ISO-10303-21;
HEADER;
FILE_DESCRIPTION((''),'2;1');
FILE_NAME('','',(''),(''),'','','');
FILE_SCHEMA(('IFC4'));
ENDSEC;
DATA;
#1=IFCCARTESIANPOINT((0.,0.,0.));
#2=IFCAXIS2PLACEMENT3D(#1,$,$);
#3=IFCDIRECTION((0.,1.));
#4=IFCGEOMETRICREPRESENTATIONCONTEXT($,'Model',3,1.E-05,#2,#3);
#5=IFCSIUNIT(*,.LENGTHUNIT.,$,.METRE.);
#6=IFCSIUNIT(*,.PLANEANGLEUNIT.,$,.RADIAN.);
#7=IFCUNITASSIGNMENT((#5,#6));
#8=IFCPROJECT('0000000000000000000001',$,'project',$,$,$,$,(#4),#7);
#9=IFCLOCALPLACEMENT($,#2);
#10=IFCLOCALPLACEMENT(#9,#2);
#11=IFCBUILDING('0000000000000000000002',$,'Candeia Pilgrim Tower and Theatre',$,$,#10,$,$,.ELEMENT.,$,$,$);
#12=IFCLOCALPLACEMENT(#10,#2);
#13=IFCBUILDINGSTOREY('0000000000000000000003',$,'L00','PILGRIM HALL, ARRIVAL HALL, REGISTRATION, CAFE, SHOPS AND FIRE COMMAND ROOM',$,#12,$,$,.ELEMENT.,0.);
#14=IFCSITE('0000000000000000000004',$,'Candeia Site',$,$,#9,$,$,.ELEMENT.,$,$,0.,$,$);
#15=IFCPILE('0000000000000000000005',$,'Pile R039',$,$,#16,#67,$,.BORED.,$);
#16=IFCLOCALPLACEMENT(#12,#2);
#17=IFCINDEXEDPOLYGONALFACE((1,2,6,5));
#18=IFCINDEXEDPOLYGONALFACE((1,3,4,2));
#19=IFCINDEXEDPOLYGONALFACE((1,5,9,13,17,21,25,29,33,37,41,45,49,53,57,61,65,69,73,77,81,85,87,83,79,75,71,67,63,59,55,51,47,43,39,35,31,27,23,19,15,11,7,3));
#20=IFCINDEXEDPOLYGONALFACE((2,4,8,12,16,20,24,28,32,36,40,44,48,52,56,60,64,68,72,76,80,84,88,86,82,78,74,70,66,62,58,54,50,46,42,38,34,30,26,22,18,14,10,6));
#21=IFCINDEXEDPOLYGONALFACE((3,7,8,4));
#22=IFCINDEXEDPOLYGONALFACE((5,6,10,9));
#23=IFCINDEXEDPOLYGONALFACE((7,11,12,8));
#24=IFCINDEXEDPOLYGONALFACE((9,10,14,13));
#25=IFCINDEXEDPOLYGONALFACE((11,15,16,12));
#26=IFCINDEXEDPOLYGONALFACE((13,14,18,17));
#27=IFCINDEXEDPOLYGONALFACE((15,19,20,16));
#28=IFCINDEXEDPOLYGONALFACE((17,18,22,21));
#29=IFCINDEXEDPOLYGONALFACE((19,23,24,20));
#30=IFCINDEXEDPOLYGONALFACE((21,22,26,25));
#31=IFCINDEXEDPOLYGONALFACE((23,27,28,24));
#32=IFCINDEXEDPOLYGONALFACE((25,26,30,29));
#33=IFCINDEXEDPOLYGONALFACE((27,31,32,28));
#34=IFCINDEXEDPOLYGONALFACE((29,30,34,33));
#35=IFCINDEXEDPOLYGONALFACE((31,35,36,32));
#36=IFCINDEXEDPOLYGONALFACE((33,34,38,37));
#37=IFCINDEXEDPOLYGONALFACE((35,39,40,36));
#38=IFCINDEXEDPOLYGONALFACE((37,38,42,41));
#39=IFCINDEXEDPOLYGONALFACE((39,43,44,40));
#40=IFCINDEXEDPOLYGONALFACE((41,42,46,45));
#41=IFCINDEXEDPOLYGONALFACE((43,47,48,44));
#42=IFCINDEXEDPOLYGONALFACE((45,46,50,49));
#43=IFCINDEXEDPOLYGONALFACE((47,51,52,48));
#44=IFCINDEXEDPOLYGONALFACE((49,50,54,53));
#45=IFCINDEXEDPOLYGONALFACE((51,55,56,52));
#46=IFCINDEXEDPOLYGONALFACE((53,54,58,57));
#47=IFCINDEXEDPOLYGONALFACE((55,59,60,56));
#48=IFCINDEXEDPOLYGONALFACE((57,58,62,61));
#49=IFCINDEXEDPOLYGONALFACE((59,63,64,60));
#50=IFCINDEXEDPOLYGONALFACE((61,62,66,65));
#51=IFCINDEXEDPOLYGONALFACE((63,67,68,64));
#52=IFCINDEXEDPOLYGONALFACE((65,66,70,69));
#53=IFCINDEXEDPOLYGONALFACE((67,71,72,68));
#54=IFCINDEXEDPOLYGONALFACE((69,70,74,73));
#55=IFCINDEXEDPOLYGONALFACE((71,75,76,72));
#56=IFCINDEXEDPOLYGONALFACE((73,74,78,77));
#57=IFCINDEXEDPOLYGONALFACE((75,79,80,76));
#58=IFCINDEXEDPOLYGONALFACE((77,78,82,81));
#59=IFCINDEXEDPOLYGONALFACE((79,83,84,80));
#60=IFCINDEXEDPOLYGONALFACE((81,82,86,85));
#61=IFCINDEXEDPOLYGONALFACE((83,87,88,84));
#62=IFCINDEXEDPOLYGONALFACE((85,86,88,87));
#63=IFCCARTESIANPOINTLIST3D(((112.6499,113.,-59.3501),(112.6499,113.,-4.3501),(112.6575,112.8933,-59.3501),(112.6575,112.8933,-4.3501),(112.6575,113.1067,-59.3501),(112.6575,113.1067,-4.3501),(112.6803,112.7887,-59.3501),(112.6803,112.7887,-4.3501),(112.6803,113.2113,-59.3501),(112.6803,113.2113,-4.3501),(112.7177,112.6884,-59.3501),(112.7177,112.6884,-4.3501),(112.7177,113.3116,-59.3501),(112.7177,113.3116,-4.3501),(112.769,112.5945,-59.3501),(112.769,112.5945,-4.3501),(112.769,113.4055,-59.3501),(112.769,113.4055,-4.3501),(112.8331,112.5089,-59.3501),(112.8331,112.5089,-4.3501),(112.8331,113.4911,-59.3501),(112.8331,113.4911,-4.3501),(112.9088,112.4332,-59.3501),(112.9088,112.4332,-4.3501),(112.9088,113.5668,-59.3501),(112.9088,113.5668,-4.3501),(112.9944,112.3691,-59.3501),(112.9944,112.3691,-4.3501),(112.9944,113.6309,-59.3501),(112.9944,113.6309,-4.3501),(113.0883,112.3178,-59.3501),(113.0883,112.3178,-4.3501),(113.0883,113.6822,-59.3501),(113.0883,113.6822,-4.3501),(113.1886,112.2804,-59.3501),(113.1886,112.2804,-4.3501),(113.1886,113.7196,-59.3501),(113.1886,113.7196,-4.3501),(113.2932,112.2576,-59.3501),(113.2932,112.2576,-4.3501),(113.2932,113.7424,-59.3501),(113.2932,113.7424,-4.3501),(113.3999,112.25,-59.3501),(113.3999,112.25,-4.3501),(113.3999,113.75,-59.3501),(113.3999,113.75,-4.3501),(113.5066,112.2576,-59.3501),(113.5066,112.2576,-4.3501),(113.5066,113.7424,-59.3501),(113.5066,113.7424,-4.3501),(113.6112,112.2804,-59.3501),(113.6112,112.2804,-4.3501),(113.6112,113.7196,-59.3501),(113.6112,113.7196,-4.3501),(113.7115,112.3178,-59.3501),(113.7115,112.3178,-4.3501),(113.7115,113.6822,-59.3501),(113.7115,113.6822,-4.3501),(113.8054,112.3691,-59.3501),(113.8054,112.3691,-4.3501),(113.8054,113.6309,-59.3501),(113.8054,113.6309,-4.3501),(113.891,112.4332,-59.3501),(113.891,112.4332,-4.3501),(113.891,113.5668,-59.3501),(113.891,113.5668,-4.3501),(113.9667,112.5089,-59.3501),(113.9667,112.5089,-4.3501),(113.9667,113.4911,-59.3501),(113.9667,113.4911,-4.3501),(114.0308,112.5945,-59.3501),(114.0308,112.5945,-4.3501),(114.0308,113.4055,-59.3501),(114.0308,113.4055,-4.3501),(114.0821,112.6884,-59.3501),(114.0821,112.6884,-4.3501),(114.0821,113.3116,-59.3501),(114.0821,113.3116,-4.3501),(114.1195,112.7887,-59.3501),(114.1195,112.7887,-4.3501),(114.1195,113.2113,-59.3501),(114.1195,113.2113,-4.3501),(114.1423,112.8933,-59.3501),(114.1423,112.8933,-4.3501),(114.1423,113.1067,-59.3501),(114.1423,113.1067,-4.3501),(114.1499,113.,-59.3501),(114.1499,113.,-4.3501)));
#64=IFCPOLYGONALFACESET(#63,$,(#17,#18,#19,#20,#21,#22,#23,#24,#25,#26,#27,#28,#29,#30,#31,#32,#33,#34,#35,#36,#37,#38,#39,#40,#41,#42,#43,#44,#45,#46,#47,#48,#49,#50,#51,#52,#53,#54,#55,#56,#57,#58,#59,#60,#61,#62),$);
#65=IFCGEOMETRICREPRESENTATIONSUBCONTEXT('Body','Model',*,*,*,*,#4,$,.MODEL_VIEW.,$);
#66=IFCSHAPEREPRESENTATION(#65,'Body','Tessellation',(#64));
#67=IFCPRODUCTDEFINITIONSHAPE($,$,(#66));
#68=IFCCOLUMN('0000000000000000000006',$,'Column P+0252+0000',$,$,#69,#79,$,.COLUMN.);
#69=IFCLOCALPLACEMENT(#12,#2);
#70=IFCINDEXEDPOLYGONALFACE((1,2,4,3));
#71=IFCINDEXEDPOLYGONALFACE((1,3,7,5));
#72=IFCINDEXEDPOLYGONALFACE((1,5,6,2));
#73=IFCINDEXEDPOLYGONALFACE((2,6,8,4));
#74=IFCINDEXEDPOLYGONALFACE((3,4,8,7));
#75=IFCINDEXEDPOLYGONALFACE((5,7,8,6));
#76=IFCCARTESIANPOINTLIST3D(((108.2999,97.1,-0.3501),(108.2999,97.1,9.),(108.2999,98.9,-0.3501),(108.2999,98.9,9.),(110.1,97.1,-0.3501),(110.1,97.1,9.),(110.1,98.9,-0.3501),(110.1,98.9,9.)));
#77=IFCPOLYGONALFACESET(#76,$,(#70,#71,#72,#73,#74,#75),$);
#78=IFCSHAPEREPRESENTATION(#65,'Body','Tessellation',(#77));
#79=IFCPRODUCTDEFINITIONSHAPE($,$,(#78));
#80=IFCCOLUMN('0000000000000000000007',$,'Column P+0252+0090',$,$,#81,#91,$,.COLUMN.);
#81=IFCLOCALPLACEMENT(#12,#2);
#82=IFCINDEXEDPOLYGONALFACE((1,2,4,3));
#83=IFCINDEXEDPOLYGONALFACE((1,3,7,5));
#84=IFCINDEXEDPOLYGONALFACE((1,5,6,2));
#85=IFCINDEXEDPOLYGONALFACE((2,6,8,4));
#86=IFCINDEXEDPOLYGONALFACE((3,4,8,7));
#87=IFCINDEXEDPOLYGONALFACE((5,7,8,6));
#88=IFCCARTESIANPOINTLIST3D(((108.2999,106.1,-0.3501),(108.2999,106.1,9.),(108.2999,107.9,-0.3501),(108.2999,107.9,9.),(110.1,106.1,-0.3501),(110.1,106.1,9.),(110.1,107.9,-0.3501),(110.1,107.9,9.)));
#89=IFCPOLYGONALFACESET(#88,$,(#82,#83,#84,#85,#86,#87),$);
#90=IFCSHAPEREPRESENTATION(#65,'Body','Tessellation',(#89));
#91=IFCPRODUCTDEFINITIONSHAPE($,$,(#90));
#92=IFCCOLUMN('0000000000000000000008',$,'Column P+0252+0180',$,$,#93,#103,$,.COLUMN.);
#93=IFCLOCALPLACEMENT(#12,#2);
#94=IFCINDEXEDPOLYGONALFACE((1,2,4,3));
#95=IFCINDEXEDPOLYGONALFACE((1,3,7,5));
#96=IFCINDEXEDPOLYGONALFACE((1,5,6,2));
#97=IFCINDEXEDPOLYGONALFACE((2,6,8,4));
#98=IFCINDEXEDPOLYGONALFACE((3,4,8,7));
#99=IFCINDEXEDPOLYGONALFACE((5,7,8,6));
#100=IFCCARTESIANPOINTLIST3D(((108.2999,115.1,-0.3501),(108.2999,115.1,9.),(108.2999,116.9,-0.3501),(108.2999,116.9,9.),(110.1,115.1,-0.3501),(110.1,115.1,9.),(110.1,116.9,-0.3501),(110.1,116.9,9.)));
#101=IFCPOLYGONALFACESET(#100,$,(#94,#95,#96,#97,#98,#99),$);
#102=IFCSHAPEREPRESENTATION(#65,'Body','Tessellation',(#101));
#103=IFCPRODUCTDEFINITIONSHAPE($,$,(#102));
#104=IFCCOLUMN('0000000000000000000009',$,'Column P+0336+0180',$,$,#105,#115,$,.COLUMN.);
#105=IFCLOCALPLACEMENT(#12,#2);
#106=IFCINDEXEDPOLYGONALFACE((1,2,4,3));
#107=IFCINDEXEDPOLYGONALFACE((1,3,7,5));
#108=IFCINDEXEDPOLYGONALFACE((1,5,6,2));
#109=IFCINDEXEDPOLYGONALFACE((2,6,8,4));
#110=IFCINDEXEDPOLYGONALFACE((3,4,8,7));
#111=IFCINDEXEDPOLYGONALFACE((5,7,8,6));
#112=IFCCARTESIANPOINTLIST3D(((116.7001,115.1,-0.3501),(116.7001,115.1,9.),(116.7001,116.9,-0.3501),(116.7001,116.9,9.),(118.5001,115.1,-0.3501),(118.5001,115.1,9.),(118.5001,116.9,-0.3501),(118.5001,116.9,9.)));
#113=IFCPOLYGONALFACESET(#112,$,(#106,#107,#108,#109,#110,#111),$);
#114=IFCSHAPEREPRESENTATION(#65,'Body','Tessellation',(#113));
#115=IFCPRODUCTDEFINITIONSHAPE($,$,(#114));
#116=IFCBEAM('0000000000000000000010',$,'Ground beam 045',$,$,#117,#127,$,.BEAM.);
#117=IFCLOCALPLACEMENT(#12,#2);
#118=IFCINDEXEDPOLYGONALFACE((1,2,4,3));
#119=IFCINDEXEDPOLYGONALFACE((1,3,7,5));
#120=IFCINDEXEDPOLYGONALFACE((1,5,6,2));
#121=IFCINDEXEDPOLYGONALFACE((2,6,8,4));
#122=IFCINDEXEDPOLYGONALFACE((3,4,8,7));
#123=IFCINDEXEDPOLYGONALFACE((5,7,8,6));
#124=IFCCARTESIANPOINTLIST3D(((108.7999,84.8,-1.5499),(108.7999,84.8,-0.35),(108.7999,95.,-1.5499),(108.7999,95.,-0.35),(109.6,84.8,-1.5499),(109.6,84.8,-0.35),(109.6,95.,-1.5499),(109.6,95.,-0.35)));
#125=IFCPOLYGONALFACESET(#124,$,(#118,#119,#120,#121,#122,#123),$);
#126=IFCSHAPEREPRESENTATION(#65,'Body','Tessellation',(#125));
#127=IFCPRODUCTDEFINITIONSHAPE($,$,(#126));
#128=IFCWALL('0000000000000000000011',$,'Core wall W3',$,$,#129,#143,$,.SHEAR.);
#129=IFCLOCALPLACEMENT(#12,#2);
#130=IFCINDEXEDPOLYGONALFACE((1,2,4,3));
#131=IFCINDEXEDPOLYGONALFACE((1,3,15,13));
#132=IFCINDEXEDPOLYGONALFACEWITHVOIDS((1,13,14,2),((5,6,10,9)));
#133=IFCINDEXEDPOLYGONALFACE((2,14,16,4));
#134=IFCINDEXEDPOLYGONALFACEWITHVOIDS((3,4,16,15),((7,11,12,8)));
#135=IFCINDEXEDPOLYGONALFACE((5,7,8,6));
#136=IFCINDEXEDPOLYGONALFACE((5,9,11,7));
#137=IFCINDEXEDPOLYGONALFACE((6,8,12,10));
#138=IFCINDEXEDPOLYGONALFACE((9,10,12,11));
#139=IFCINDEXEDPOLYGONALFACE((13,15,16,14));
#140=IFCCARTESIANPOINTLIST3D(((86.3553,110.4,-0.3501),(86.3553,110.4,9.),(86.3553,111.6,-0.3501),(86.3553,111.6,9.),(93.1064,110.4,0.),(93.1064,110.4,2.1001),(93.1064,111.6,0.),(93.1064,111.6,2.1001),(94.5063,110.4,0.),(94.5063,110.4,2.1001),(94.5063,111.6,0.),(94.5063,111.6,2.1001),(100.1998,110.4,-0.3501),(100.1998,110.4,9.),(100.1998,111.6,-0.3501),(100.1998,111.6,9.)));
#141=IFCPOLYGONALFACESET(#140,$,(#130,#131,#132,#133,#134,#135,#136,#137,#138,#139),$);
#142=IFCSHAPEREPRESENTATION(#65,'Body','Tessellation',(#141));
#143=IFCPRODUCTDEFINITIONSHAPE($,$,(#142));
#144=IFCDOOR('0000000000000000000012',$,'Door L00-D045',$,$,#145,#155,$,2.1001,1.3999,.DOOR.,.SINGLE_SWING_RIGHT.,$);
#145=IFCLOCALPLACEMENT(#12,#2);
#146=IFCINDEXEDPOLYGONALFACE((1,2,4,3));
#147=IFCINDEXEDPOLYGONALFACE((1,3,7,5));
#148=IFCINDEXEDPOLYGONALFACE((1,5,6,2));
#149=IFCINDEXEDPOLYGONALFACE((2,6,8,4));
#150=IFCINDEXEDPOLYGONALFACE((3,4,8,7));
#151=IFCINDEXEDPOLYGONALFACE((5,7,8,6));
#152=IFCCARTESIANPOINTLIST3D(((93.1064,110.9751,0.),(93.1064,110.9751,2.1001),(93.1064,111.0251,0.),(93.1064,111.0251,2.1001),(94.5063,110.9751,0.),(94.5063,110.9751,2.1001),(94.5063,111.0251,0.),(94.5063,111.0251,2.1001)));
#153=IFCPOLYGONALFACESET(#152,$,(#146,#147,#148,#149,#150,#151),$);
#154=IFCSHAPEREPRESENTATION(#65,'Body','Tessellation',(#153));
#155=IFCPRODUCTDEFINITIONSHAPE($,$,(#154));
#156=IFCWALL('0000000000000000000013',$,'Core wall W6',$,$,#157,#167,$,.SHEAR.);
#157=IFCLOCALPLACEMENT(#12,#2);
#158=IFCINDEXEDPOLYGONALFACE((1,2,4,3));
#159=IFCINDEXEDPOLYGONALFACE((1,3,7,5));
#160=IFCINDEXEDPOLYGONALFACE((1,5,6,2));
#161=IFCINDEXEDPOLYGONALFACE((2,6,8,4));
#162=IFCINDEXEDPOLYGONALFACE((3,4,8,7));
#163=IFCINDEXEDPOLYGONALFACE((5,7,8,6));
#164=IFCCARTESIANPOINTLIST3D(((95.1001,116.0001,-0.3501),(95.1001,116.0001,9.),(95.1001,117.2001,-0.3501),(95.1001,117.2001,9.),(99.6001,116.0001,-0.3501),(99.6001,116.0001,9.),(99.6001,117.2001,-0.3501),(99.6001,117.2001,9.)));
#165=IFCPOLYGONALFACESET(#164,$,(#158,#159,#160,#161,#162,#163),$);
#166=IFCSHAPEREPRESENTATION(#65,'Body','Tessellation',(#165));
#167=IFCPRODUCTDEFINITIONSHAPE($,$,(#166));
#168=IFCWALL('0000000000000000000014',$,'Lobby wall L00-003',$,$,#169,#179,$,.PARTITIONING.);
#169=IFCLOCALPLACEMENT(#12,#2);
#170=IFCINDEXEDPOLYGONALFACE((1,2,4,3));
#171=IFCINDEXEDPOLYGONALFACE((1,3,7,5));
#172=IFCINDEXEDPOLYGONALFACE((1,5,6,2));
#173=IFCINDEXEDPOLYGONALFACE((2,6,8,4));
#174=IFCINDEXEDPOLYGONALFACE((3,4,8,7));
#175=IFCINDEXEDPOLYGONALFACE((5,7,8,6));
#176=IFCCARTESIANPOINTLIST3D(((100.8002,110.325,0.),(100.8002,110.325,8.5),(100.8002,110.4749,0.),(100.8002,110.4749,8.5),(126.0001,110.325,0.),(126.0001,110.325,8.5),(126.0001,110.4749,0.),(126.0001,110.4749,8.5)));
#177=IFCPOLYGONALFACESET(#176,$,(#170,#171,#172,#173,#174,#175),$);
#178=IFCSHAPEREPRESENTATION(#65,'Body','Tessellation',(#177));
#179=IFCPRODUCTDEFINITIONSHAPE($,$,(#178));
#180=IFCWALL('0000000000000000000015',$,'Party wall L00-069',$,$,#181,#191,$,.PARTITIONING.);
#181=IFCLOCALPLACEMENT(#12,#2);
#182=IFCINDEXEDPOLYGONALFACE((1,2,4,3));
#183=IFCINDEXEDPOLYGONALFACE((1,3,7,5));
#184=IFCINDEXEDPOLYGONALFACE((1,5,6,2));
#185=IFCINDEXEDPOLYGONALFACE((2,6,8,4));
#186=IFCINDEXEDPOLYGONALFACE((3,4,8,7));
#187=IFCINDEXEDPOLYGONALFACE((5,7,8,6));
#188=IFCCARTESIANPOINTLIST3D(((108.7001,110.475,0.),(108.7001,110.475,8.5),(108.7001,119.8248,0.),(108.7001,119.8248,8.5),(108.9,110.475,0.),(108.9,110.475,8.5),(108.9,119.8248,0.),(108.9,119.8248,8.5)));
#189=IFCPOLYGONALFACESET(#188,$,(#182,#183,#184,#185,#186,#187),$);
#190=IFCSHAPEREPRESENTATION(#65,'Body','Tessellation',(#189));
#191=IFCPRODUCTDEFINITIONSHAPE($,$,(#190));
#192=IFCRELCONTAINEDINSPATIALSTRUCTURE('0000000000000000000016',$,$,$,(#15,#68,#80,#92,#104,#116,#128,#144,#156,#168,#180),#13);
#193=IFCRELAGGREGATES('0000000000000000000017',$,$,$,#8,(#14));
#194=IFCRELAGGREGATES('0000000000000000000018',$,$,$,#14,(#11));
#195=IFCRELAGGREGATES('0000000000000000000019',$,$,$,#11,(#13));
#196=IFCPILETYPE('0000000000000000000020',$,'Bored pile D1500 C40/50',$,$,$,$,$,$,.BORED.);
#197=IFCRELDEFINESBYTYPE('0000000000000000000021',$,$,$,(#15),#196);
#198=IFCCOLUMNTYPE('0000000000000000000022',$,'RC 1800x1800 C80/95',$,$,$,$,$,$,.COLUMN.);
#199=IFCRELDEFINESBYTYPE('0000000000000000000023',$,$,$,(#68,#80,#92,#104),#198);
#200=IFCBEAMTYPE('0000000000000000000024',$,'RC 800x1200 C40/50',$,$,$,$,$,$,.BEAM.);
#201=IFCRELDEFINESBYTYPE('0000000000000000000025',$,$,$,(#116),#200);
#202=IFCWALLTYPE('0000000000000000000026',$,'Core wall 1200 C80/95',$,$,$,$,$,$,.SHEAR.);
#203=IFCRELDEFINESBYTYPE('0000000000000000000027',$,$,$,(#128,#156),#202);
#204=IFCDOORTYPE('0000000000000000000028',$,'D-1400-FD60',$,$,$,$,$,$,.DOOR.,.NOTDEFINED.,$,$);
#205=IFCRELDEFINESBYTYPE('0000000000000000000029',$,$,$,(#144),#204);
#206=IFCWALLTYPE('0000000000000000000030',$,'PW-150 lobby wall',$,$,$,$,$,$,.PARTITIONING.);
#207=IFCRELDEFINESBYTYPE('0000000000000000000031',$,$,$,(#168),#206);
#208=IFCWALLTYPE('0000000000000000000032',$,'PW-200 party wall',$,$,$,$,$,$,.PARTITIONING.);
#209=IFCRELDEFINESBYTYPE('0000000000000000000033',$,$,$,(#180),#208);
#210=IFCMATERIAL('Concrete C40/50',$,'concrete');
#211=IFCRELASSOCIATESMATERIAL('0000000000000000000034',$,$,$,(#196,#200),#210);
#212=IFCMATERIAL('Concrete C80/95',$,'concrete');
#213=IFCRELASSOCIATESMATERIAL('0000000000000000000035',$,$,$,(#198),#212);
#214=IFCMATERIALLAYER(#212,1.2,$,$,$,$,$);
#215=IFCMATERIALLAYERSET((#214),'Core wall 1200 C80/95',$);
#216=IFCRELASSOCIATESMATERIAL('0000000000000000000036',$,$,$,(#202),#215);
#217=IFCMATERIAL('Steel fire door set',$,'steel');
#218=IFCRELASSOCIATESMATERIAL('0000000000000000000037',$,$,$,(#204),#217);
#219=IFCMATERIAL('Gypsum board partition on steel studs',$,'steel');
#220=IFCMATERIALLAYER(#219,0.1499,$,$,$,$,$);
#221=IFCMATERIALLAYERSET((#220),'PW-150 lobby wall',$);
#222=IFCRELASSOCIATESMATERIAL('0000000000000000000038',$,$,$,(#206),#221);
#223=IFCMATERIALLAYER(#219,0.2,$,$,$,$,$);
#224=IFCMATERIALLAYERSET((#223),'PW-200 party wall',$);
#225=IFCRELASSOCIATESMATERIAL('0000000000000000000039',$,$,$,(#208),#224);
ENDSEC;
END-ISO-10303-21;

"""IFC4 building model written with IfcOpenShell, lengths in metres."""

from ifc_helpers import new_model, si_unit, direction, frame, frame_2d, origin, origin_2d, place, context, subcontext, project, spatial, rectangle, circle, extrude, material, layer, layer_set, material_profile, profile_set, type_object, element, fill, save


model = new_model("IFC4")

# Units and contexts
model_context = context("Model", 3, precision=1e-05, world=origin(), true_north=direction((0.0, 1.0)))
body_context = subcontext(model_context, "Body", "Model", "MODEL_VIEW")
ifc_project = project(units=[si_unit("LENGTHUNIT", "METRE"), si_unit("PLANEANGLEUNIT", "RADIAN")], contexts=[model_context])

# Site, building, storey
site_placement = place(None, origin())
site = spatial("IfcSite", under=ifc_project, at=site_placement, Name="Candeia Site", CompositionType="ELEMENT", RefElevation=0.0)
building_placement = place(site_placement, origin())
building = spatial("IfcBuilding", under=site, at=building_placement, Name="Candeia Pilgrim Tower and Theatre", CompositionType="ELEMENT")
storey_placement = place(building_placement, origin())
storey = spatial("IfcBuildingStorey", under=building, at=storey_placement, Name="L00", Description="PILGRIM HALL, ARRIVAL HALL, REGISTRATION, CAFE, SHOPS AND FIRE COMMAND ROOM", CompositionType="ELEMENT", Elevation=0.0)

# Pile
ifc_material_1 = material(Name="Concrete C40/50", Category="concrete")
ifc_material_profile_1 = material_profile(ifc_material_1, circle(Radius=0.75, at=origin_2d()))
ifc_profile_set_1 = profile_set([ifc_material_profile_1], Name="Concrete C40/50")
pile_type = type_object("IfcPileType", Name="Bored pile D1500 C40/50", PredefinedType="BORED", material=ifc_profile_set_1)
for number, where, z_axis, x_axis, name in (
    (1, (113.3999, 113.0, -4.3501), (0.0, 0.0, -1.0), (1.0, 0.0, 0.0), "Pile R039"),
):
    element("IfcPile", number, at=place(storey_placement, frame(where, z_axis=z_axis, x_axis=x_axis)), inside=storey, type_object=pile_type, Name=name, PredefinedType="BORED", context=body_context, shape_type="SweptSolid", body=[
        extrude(circle(Radius=0.75, at=origin_2d()), origin(), (0.0, 0.0, 1.0), 55.0),
    ])

# Columns
ifc_material_2 = material(Name="Concrete C80/95", Category="concrete")
ifc_material_profile_2 = material_profile(ifc_material_2, rectangle(XDim=1.8, YDim=1.8, at=origin_2d()))
ifc_profile_set_2 = profile_set([ifc_material_profile_2], Name="Concrete C80/95")
column_type = type_object("IfcColumnType", Name="RC 1800x1800 C80/95", PredefinedType="COLUMN", material=ifc_profile_set_2)
for number, where, z_axis, x_axis, name in (
    (2, (109.2, 98.0, -0.3501), (0.0, 0.0, 1.0), (1.0, 0.0, 0.0), "Column P+0252+0000"),
    (3, (109.2, 107.0, -0.3501), (0.0, 0.0, 1.0), (1.0, 0.0, 0.0), "Column P+0252+0090"),
    (4, (109.2, 116.0, -0.3501), (0.0, 0.0, 1.0), (1.0, 0.0, 0.0), "Column P+0252+0180"),
    (5, (117.6001, 116.0, -0.3501), (0.0, 0.0, 1.0), (1.0, 0.0, 0.0), "Column P+0336+0180"),
):
    element("IfcColumn", number, at=place(storey_placement, frame(where, z_axis=z_axis, x_axis=x_axis)), inside=storey, type_object=column_type, Name=name, PredefinedType="COLUMN", context=body_context, shape_type="SweptSolid", body=[
        extrude(rectangle(XDim=1.8, YDim=1.8, at=origin_2d()), origin(), (0.0, 0.0, 1.0), 9.3501),
    ])

# Beam
ifc_material_profile_3 = material_profile(ifc_material_1, rectangle(XDim=0.8, YDim=1.2, at=origin_2d()))
ifc_profile_set_3 = profile_set([ifc_material_profile_3], Name="Concrete C40/50")
beam_type = type_object("IfcBeamType", Name="RC 800x1200 C40/50", PredefinedType="BEAM", material=ifc_profile_set_3)
beam_placement = place(storey_placement, frame((109.2, 84.8, -0.95), z_axis=(0.0, 1.0, 0.0), x_axis=(-1.0, 0.0, 0.0)))
element("IfcBeam", 6, at=beam_placement, inside=storey, type_object=beam_type, Name="Ground beam 045", PredefinedType="BEAM", context=body_context, shape_type="SweptSolid", body=[
    extrude(rectangle(XDim=0.8, YDim=1.2, at=origin_2d()), origin(), (0.0, 0.0, 1.0), 10.2),
])

# Wall, opening, door
ifc_layer_1 = layer(ifc_material_2, 1.2)
ifc_layer_set_1 = layer_set([ifc_layer_1], Name="Core wall 1200 C80/95")
wall_type_1 = type_object("IfcWallType", Name="Core wall 1200 C80/95", PredefinedType="SHEAR", material=ifc_layer_set_1)
wall_1_placement = place(storey_placement, frame((100.2, 111.0, -0.3501), z_axis=(0.0, 0.0, 1.0), x_axis=(-1.0, 0.0, 0.0)))
wall_1 = element("IfcWall", 7, at=wall_1_placement, inside=storey, type_object=wall_type_1, Name="Core wall W3", PredefinedType="SHEAR", context=body_context, shape_type="SweptSolid", body=[
    extrude(rectangle(XDim=13.8445, YDim=1.2, at=frame_2d((6.9224, 0.0))), origin(), (0.0, 0.0, 1.0), 9.3501),
])
opening_1_placement = place(wall_1_placement, frame((5.6936, 0.0, 0.3501)))
opening_1 = element("IfcOpeningElement", 8, at=opening_1_placement, cuts=wall_1, PredefinedType="OPENING", context=body_context, shape_type="SweptSolid", body=[
    extrude(rectangle(XDim=1.3999, YDim=2.1001, at=frame_2d((0.7, 1.05))), frame((0.0, 0.6099, 0.0), z_axis=(0.0, -1.0, 0.0), x_axis=(1.0, 0.0, 0.0)), (0.0, 0.0, 1.0), 1.22),
])
ifc_material_3 = material(Name="Steel fire door set", Category="steel")
door_type_1 = type_object("IfcDoorType", Name="D-1400-FD60", OperationType="NOTDEFINED", PredefinedType="DOOR", material=ifc_material_3)
door_1_placement = place(opening_1_placement, origin())
door_1 = element("IfcDoor", 9, at=door_1_placement, inside=storey, type_object=door_type_1, Name="Door L00-D045", OperationType="SINGLE_SWING_RIGHT", OverallHeight=2.1001, OverallWidth=1.3999, PredefinedType="DOOR", context=body_context, shape_type="SweptSolid", body=[
    extrude(rectangle(XDim=1.3999, YDim=2.1001, at=frame_2d((0.7, 1.05))), frame((0.0, 0.0249, 0.0), z_axis=(0.0, -1.0, 0.0), x_axis=(1.0, 0.0, 0.0)), (0.0, 0.0, 1.0), 0.05),
])
fill(opening_1, door_1)

# Walls
wall_2_placement = place(storey_placement, frame((95.1001, 116.6001, -0.3501), z_axis=(0.0, 0.0, 1.0), x_axis=(1.0, 0.0, 0.0)))
element("IfcWall", 10, at=wall_2_placement, inside=storey, type_object=wall_type_1, Name="Core wall W6", PredefinedType="SHEAR", context=body_context, shape_type="SweptSolid", body=[
    extrude(rectangle(XDim=4.5, YDim=1.2, at=frame_2d((2.25, 0.0))), origin(), (0.0, 0.0, 1.0), 9.3501),
])
ifc_material_4 = material(Name="Gypsum board partition on steel studs", Category="steel")
ifc_layer_2 = layer(ifc_material_4, 0.1499)
ifc_layer_set_2 = layer_set([ifc_layer_2], Name="PW-150 lobby wall")
wall_type_2 = type_object("IfcWallType", Name="PW-150 lobby wall", PredefinedType="PARTITIONING", material=ifc_layer_set_2)
wall_3_placement = place(storey_placement, frame((100.8, 110.3999, 0.0), z_axis=(0.0, 0.0, 1.0), x_axis=(1.0, 0.0, 0.0)))
element("IfcWall", 11, at=wall_3_placement, inside=storey, type_object=wall_type_2, Name="Lobby wall L00-003", PredefinedType="PARTITIONING", context=body_context, shape_type="SweptSolid", body=[
    extrude(rectangle(XDim=25.2, YDim=0.1499, at=frame_2d((12.6001, 0.0))), origin(), (0.0, 0.0, 1.0), 8.5),
])
ifc_layer_3 = layer(ifc_material_4, 0.2)
ifc_layer_set_3 = layer_set([ifc_layer_3], Name="PW-200 party wall")
wall_type_3 = type_object("IfcWallType", Name="PW-200 party wall", PredefinedType="PARTITIONING", material=ifc_layer_set_3)
for number, where, z_axis, x_axis, name in (
    (12, (108.8, 110.4751, 0.0), (0.0, 0.0, 1.0), (0.0, 1.0, 0.0), "Party wall L00-069"),
):
    element("IfcWall", number, at=place(storey_placement, frame(where, z_axis=z_axis, x_axis=x_axis)), inside=storey, type_object=wall_type_3, Name=name, PredefinedType="PARTITIONING", context=body_context, shape_type="SweptSolid", body=[
        extrude(rectangle(XDim=9.3499, YDim=0.2, at=frame_2d((4.6748, 0.0))), origin(), (0.0, 0.0, 1.0), 8.5),
    ])

save(model, "model.ifc")
